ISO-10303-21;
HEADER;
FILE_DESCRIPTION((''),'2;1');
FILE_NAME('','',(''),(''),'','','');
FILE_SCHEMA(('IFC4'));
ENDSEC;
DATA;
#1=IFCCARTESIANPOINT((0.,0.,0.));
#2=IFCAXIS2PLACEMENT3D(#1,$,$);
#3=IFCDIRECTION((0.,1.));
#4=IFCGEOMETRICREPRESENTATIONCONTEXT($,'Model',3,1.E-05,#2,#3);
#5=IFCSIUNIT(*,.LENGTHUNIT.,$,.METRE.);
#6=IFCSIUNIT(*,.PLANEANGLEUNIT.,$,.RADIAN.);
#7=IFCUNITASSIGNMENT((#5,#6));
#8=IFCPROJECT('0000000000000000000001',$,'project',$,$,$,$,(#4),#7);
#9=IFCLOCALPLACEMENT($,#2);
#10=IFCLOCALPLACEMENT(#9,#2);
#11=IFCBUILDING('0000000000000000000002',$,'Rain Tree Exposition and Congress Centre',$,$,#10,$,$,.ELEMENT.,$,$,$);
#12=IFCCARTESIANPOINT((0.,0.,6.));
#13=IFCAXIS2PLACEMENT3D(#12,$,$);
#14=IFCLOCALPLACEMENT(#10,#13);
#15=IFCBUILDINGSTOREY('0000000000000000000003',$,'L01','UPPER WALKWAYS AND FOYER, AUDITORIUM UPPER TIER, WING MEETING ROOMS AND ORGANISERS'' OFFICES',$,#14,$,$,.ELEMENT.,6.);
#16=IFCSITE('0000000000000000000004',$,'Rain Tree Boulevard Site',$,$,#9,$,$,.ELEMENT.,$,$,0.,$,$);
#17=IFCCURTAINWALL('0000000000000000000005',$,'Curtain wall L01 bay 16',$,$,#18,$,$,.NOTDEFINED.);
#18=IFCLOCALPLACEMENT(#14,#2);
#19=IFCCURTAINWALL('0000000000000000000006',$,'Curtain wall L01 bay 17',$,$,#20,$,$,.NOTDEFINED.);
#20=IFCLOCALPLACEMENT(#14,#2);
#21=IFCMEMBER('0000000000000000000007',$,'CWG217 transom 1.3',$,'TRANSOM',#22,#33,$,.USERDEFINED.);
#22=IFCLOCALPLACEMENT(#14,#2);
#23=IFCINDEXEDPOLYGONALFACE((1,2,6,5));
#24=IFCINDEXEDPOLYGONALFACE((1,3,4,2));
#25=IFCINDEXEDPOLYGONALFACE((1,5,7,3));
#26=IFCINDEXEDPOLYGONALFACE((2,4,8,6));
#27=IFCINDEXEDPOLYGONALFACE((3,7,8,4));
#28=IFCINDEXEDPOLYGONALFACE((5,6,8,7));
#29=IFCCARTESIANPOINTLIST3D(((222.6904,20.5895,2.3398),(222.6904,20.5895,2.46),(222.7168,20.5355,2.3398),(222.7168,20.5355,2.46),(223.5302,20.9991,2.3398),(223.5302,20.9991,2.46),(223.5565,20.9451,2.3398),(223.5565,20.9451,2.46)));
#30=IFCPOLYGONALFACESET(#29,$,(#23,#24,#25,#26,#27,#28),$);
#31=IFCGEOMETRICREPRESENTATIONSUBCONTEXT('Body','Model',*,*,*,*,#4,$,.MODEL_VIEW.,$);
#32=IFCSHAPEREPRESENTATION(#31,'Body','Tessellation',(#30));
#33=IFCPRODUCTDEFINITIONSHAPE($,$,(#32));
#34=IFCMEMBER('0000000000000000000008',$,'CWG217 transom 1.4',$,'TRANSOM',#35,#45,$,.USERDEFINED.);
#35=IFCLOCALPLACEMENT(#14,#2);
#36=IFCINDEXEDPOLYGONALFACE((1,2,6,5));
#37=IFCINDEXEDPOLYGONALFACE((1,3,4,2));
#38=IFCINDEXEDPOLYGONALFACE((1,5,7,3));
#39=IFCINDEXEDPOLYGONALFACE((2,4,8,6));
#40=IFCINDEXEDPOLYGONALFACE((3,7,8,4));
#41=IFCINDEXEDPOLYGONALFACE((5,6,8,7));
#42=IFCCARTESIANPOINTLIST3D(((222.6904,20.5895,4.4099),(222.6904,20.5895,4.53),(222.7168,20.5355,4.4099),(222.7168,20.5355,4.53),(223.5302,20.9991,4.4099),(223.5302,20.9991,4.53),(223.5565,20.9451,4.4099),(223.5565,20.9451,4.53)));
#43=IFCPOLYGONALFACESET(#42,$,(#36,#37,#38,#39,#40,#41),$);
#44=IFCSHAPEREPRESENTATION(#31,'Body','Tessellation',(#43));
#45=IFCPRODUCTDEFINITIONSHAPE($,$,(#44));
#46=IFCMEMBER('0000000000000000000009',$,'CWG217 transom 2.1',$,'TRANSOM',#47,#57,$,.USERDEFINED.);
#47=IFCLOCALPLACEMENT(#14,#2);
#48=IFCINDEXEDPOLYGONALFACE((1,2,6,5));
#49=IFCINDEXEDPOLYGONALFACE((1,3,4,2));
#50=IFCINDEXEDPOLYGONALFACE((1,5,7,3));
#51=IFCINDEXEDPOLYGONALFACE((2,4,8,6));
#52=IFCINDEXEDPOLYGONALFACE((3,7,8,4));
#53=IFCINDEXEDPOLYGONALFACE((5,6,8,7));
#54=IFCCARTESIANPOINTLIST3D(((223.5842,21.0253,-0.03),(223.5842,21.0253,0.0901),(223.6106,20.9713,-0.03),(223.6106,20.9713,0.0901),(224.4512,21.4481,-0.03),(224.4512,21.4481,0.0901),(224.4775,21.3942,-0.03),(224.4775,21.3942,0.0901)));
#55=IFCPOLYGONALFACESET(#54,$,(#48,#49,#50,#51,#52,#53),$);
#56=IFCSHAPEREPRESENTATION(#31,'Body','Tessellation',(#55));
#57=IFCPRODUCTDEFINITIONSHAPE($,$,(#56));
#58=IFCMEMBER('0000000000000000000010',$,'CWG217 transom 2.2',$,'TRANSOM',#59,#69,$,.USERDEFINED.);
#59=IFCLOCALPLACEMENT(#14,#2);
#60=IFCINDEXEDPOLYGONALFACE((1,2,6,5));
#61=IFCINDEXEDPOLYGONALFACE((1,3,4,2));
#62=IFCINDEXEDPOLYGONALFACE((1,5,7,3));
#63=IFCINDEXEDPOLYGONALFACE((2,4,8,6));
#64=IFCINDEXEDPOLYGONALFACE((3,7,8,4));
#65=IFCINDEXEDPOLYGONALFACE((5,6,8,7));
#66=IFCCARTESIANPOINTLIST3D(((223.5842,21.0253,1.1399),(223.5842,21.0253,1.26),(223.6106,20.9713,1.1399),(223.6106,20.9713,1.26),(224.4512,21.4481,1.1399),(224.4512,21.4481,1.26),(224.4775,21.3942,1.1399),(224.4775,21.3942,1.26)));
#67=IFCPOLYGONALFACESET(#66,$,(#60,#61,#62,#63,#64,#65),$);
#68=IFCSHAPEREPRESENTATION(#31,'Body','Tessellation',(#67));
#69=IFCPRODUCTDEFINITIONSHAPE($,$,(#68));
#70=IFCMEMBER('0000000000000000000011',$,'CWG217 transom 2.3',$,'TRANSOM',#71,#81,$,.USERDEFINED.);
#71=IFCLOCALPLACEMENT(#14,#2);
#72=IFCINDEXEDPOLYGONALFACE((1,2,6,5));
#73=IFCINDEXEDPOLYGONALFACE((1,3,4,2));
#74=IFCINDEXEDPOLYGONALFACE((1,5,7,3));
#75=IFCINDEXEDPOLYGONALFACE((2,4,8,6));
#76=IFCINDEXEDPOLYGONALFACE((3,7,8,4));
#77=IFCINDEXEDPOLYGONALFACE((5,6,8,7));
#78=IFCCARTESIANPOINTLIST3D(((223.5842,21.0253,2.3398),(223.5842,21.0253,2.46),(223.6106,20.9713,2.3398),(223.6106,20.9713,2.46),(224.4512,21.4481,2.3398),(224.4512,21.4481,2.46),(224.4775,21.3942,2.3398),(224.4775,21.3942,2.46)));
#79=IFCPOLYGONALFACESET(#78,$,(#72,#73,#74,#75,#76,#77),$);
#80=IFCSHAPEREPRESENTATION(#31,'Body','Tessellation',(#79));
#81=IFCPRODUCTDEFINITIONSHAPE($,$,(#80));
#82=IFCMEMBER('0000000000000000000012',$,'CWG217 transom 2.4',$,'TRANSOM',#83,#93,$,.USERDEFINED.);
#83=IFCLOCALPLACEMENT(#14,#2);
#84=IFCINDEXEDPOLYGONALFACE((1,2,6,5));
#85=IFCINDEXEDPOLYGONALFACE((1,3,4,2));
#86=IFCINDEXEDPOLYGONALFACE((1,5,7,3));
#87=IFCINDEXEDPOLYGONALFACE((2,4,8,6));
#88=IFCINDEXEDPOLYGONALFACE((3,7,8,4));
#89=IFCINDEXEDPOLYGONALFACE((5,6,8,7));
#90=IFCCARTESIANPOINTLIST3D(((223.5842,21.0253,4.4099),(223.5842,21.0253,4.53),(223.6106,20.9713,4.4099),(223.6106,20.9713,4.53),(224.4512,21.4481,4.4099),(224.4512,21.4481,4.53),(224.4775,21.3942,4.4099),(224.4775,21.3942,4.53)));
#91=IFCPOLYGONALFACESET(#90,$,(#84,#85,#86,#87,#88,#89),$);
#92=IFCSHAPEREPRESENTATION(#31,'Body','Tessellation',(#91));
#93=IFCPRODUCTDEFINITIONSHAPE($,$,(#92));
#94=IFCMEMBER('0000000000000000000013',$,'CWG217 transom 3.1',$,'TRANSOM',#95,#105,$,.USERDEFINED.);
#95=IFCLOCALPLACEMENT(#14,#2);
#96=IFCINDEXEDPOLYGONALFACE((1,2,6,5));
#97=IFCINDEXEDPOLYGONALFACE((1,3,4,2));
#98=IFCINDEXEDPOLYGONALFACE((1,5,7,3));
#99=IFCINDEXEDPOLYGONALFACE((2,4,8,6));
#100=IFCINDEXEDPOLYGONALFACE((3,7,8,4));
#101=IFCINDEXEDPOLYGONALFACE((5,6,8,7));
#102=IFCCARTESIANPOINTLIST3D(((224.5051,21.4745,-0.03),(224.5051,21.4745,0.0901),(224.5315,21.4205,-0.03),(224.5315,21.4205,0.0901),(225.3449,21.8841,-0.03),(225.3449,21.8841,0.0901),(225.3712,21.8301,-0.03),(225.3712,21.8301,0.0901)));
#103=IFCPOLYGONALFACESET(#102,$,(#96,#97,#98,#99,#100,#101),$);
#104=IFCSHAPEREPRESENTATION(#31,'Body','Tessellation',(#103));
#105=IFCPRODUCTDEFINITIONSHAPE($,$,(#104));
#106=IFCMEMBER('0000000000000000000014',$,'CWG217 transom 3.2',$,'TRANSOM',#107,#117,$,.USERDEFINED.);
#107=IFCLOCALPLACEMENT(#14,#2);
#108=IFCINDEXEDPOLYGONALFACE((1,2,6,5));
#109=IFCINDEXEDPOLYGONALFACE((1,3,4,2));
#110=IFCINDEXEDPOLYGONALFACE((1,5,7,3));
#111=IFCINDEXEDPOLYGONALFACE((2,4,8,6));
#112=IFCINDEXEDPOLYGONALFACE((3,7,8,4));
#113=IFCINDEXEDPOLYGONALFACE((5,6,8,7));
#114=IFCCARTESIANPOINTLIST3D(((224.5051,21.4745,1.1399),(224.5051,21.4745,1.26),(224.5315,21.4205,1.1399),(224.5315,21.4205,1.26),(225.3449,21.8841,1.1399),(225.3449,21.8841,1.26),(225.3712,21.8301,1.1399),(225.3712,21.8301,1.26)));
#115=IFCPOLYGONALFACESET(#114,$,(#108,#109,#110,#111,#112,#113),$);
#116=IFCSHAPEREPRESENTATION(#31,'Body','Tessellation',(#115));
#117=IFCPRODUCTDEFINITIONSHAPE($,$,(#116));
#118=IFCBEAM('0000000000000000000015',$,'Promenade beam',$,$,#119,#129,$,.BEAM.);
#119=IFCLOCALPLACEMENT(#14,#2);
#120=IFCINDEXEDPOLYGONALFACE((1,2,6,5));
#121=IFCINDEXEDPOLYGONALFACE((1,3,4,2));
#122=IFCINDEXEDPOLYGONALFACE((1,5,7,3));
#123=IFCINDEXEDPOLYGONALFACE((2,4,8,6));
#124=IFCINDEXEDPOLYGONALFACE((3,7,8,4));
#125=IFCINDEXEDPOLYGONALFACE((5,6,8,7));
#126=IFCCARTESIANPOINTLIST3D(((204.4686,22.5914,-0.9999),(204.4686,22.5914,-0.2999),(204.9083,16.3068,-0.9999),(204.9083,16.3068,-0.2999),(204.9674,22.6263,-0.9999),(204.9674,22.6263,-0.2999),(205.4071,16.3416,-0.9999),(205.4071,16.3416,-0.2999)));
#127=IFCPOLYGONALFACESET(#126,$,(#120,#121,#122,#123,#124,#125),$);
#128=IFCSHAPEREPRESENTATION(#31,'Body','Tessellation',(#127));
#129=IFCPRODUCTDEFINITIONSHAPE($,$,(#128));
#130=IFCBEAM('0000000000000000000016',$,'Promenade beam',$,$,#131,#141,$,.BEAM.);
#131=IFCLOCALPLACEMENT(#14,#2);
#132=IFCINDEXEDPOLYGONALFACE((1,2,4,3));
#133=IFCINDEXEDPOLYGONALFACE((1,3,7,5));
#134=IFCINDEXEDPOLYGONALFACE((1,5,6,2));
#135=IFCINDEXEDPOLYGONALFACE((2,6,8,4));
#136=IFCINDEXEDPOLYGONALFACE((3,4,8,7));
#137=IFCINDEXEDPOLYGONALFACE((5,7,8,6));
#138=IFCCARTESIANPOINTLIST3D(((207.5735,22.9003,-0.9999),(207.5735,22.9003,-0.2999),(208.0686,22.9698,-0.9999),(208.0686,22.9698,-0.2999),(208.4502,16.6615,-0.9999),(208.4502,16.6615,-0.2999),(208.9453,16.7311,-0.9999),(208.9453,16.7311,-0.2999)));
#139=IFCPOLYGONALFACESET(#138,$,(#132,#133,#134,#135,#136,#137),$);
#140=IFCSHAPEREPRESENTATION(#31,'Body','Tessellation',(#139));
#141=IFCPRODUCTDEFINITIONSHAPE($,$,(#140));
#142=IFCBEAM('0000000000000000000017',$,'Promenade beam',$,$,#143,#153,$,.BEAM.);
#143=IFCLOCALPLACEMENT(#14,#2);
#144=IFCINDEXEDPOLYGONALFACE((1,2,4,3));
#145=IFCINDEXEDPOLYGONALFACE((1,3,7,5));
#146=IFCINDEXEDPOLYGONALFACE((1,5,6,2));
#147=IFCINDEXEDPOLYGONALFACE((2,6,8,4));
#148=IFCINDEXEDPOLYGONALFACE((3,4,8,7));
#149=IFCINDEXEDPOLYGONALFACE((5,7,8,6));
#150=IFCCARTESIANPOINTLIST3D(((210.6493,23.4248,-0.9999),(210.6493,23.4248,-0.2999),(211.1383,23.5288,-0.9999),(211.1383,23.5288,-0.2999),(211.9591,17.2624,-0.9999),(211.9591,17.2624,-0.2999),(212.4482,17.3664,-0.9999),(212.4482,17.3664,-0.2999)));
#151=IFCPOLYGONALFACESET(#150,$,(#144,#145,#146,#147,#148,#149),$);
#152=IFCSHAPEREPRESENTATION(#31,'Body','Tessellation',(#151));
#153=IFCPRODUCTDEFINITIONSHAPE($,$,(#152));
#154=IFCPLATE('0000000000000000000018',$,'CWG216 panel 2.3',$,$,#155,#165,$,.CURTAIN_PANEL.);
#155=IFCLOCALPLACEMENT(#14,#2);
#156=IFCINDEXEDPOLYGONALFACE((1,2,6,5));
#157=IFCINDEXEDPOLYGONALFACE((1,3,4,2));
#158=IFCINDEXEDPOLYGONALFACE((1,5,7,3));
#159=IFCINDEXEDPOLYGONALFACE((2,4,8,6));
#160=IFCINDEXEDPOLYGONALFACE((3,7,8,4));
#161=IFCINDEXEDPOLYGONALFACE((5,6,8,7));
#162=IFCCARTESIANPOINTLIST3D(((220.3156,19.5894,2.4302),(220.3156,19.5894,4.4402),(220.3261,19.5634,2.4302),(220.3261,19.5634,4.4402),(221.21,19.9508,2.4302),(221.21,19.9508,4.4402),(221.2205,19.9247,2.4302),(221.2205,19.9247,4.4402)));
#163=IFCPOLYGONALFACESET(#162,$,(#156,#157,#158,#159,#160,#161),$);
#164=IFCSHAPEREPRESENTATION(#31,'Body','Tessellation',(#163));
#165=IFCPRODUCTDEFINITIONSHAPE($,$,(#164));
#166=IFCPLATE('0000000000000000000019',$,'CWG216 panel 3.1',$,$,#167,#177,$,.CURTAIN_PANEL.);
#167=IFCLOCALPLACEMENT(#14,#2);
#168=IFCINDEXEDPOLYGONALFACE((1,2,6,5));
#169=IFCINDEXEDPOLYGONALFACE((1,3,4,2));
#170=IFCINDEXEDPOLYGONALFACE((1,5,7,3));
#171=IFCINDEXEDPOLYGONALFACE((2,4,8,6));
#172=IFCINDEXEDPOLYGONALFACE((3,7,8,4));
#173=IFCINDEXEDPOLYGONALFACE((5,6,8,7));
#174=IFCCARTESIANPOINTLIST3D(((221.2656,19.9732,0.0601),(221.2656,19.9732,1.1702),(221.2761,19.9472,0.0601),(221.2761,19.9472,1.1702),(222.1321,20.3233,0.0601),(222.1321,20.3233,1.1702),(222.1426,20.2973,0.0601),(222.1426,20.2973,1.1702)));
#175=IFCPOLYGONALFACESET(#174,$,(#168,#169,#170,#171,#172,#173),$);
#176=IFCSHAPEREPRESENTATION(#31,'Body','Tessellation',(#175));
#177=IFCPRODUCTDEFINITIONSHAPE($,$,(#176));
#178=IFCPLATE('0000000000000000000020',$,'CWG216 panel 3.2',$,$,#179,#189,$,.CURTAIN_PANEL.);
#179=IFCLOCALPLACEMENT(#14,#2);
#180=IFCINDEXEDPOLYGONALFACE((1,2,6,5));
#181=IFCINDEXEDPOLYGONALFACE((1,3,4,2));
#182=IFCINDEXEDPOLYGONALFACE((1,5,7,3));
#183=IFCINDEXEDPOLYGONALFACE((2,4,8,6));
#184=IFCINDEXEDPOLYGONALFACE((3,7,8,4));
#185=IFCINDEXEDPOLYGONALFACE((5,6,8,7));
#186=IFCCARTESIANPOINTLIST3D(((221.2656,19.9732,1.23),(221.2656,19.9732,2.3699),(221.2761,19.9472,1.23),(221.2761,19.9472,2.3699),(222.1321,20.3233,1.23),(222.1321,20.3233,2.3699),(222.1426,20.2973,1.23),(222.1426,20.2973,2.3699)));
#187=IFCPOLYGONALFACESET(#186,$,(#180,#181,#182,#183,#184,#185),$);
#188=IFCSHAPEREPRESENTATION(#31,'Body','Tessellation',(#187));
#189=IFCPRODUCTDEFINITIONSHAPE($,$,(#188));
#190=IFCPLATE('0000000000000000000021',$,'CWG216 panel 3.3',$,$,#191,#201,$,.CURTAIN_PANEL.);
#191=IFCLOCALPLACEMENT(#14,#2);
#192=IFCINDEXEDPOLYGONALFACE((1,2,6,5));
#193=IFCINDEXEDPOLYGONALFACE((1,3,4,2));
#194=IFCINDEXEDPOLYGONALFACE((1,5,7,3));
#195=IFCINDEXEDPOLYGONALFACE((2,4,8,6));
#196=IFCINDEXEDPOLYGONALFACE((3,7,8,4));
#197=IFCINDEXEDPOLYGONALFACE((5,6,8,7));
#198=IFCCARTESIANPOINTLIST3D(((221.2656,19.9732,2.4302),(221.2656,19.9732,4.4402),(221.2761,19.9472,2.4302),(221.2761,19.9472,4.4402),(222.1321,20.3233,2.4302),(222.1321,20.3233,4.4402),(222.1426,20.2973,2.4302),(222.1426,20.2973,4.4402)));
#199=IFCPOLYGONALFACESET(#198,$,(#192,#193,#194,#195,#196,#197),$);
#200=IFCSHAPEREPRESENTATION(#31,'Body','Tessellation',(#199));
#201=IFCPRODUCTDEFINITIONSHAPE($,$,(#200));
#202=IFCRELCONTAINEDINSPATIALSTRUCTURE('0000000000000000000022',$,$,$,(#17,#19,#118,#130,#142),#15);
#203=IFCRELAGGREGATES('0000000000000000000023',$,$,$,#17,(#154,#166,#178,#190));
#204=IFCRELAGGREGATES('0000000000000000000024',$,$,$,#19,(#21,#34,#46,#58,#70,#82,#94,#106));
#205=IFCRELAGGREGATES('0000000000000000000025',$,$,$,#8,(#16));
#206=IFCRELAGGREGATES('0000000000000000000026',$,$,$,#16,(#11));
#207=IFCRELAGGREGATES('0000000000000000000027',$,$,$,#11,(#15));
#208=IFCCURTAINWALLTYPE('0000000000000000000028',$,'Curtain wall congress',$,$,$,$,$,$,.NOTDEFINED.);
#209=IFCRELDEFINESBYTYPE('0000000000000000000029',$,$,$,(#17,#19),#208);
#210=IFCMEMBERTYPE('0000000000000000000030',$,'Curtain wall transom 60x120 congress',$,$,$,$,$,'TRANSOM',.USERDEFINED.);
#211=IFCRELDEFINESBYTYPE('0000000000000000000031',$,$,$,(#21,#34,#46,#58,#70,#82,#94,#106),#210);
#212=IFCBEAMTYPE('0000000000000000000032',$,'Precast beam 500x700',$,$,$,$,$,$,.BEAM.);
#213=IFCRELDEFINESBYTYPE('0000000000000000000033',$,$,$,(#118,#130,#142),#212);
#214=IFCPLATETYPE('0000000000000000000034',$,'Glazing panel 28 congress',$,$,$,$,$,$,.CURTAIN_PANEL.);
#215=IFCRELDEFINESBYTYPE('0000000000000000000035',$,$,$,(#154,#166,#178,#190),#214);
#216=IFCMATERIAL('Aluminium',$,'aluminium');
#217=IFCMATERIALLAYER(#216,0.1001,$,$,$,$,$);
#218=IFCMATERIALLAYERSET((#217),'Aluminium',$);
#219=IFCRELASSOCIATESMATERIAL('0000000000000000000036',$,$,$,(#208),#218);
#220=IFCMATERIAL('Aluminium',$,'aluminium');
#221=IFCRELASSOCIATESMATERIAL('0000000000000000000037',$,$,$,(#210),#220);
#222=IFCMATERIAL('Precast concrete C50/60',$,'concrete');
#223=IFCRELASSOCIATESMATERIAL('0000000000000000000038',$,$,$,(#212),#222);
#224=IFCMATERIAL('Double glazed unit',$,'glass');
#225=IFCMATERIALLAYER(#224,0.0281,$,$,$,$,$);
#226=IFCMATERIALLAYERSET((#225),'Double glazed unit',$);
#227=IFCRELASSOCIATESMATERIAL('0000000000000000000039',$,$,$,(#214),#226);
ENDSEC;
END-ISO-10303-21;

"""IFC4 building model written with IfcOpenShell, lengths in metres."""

from ifc_helpers import new_model, si_unit, direction, frame, origin, origin_2d, place, context, subcontext, project, spatial, rectangle, extrude, material, layer, layer_set, material_profile, profile_set, type_object, element, aggregate, save


model = new_model("IFC4")

# Units and contexts
model_context = context("Model", 3, precision=1e-05, world=origin(), true_north=direction((0.0, 1.0)))
body_context = subcontext(model_context, "Body", "Model", "MODEL_VIEW")
ifc_project = project(units=[si_unit("LENGTHUNIT", "METRE"), si_unit("PLANEANGLEUNIT", "RADIAN")], contexts=[model_context])

# Site, building, storey
site_placement = place(None, origin())
site = spatial("IfcSite", under=ifc_project, at=site_placement, Name="Rain Tree Boulevard Site", CompositionType="ELEMENT", RefElevation=0.0)
building_placement = place(site_placement, origin())
building = spatial("IfcBuilding", under=site, at=building_placement, Name="Rain Tree Exposition and Congress Centre", CompositionType="ELEMENT")
storey_placement = place(building_placement, frame((0.0, 0.0, 6.0)))
storey = spatial("IfcBuildingStorey", under=building, at=storey_placement, Name="L01", Description="UPPER WALKWAYS AND FOYER, AUDITORIUM UPPER TIER, WING MEETING ROOMS AND ORGANISERS' OFFICES", CompositionType="ELEMENT", Elevation=6.0)

# Curtain walls
ifc_material_1 = material(Name="Aluminium", Category="aluminium")
ifc_layer_1 = layer(ifc_material_1, 0.1001)
ifc_layer_set_1 = layer_set([ifc_layer_1], Name="Aluminium")
curtain_wall_type = type_object("IfcCurtainWallType", Name="Curtain wall congress", PredefinedType="NOTDEFINED", material=ifc_layer_set_1)
curtain_wall_1_placement = place(storey_placement, origin())
curtain_wall_1 = element("IfcCurtainWall", 1, at=curtain_wall_1_placement, inside=storey, type_object=curtain_wall_type, Name="Curtain wall L01 bay 16", PredefinedType="NOTDEFINED")
curtain_wall_2_placement = place(storey_placement, origin())
curtain_wall_2 = element("IfcCurtainWall", 2, at=curtain_wall_2_placement, inside=storey, type_object=curtain_wall_type, Name="Curtain wall L01 bay 17", PredefinedType="NOTDEFINED")

# Members
ifc_material_2 = material(Name="Aluminium", Category="aluminium")
ifc_material_profile_1 = material_profile(ifc_material_2, rectangle(XDim=0.0601, YDim=0.1201, at=origin_2d()), Name="AL 60x120")
ifc_profile_set_1 = profile_set([ifc_material_profile_1], Name="Aluminium")
member_type_1 = type_object("IfcMemberType", Name="Curtain wall transom 60x120 congress", ElementType="TRANSOM", PredefinedType="USERDEFINED", material=ifc_profile_set_1)
member_1_placement = place(storey_placement, frame((222.7036, 20.5625, 2.3999), z_axis=(0.898773, 0.438413, 0.0), x_axis=(-0.438413, 0.898773, 0.0)))
member_1 = element("IfcMember", 3, at=member_1_placement, type_object=member_type_1, Name="CWG217 transom 1.3", ObjectType="TRANSOM", PredefinedType="USERDEFINED", context=body_context, shape_type="SweptSolid", body=[
    extrude(rectangle(XDim=0.0601, YDim=0.1201, at=origin_2d()), origin(), (0.0, 0.0, 1.0), 0.9343),
])
member_2_placement = place(storey_placement, frame((222.7036, 20.5625, 4.47), z_axis=(0.898773, 0.438413, 0.0), x_axis=(-0.438413, 0.898773, 0.0)))
member_2 = element("IfcMember", 4, at=member_2_placement, type_object=member_type_1, Name="CWG217 transom 1.4", ObjectType="TRANSOM", PredefinedType="USERDEFINED", context=body_context, shape_type="SweptSolid", body=[
    extrude(rectangle(XDim=0.0601, YDim=0.1201, at=origin_2d()), origin(), (0.0, 0.0, 1.0), 0.9343),
])
member_3_placement = place(storey_placement, frame((223.5974, 20.9983, 0.03), z_axis=(0.898788, 0.438384, 0.0), x_axis=(-0.438384, 0.898788, 0.0)))
member_3 = element("IfcMember", 5, at=member_3_placement, type_object=member_type_1, Name="CWG217 transom 2.1", ObjectType="TRANSOM", PredefinedType="USERDEFINED", context=body_context, shape_type="SweptSolid", body=[
    extrude(rectangle(XDim=0.0601, YDim=0.1201, at=origin_2d()), origin(), (0.0, 0.0, 1.0), 0.9646),
])
member_4_placement = place(storey_placement, frame((223.5974, 20.9983, 1.2), z_axis=(0.898788, 0.438384, 0.0), x_axis=(-0.438384, 0.898788, 0.0)))
member_4 = element("IfcMember", 6, at=member_4_placement, type_object=member_type_1, Name="CWG217 transom 2.2", ObjectType="TRANSOM", PredefinedType="USERDEFINED", context=body_context, shape_type="SweptSolid", body=[
    extrude(rectangle(XDim=0.0601, YDim=0.1201, at=origin_2d()), origin(), (0.0, 0.0, 1.0), 0.9646),
])
member_5_placement = place(storey_placement, frame((223.5974, 20.9983, 2.3999), z_axis=(0.898788, 0.438384, 0.0), x_axis=(-0.438384, 0.898788, 0.0)))
member_5 = element("IfcMember", 7, at=member_5_placement, type_object=member_type_1, Name="CWG217 transom 2.3", ObjectType="TRANSOM", PredefinedType="USERDEFINED", context=body_context, shape_type="SweptSolid", body=[
    extrude(rectangle(XDim=0.0601, YDim=0.1201, at=origin_2d()), origin(), (0.0, 0.0, 1.0), 0.9646),
])
member_6_placement = place(storey_placement, frame((223.5974, 20.9983, 4.47), z_axis=(0.898788, 0.438384, 0.0), x_axis=(-0.438384, 0.898788, 0.0)))
member_6 = element("IfcMember", 8, at=member_6_placement, type_object=member_type_1, Name="CWG217 transom 2.4", ObjectType="TRANSOM", PredefinedType="USERDEFINED", context=body_context, shape_type="SweptSolid", body=[
    extrude(rectangle(XDim=0.0601, YDim=0.1201, at=origin_2d()), origin(), (0.0, 0.0, 1.0), 0.9646),
])
member_7_placement = place(storey_placement, frame((224.5183, 21.4475, 0.03), z_axis=(0.898773, 0.438413, 0.0), x_axis=(-0.438413, 0.898773, 0.0)))
member_7 = element("IfcMember", 9, at=member_7_placement, type_object=member_type_1, Name="CWG217 transom 3.1", ObjectType="TRANSOM", PredefinedType="USERDEFINED", context=body_context, shape_type="SweptSolid", body=[
    extrude(rectangle(XDim=0.0601, YDim=0.1201, at=origin_2d()), origin(), (0.0, 0.0, 1.0), 0.9343),
])
member_8_placement = place(storey_placement, frame((224.5183, 21.4475, 1.2), z_axis=(0.898773, 0.438413, 0.0), x_axis=(-0.438413, 0.898773, 0.0)))
member_8 = element("IfcMember", 10, at=member_8_placement, type_object=member_type_1, Name="CWG217 transom 3.2", ObjectType="TRANSOM", PredefinedType="USERDEFINED", context=body_context, shape_type="SweptSolid", body=[
    extrude(rectangle(XDim=0.0601, YDim=0.1201, at=origin_2d()), origin(), (0.0, 0.0, 1.0), 0.9343),
])

# Beams
ifc_material_3 = material(Name="Precast concrete C50/60", Category="concrete")
ifc_material_profile_2 = material_profile(ifc_material_3, rectangle(XDim=0.5, YDim=0.7, at=origin_2d()), Name="RC 500x700")
ifc_profile_set_2 = profile_set([ifc_material_profile_2], Name="Precast concrete C50/60")
beam_type = type_object("IfcBeamType", Name="Precast beam 500x700", PredefinedType="BEAM", material=ifc_profile_set_2)
for number, where, z_axis, x_axis, name in (
    (11, (204.718, 22.6089, -0.6499), (0.069793, -0.997562, 0.0), (0.997562, 0.069793, 0.0), "Promenade beam"),
    (12, (207.821, 22.9351, -0.6499), (0.139159, -0.99027, 0.0), (0.99027, 0.139159, 0.0), "Promenade beam"),
    (13, (210.8938, 23.4768, -0.6499), (0.207906, -0.978149, 0.0), (0.978149, 0.207906, 0.0), "Promenade beam"),
):
    element("IfcBeam", number, at=place(storey_placement, frame(where, z_axis=z_axis, x_axis=x_axis)), inside=storey, type_object=beam_type, Name=name, PredefinedType="BEAM", context=body_context, shape_type="SweptSolid", body=[
        extrude(rectangle(XDim=0.5, YDim=0.7, at=origin_2d()), origin(), (0.0, 0.0, 1.0), 6.3),
    ])

# Plates
ifc_material_4 = material(Name="Double glazed unit", Category="glass")
ifc_layer_2 = layer(ifc_material_4, 0.0281)
ifc_layer_set_2 = layer_set([ifc_layer_2], Name="Double glazed unit")
plate_type = type_object("IfcPlateType", Name="Glazing panel 28 congress", PredefinedType="CURTAIN_PANEL", material=ifc_layer_set_2)
plate_1_placement = place(storey_placement, frame((220.7681, 19.7571, 2.4302), z_axis=(0.0, 0.0, 1.0), x_axis=(0.927188, 0.374597, 0.0)))
plate_1 = element("IfcPlate", 14, at=plate_1_placement, type_object=plate_type, Name="CWG216 panel 2.3", PredefinedType="CURTAIN_PANEL", context=body_context, shape_type="SweptSolid", body=[
    extrude(rectangle(XDim=0.9646, YDim=0.0281, at=origin_2d()), origin(), (0.0, 0.0, 1.0), 2.01),
])
plate_2_placement = place(storey_placement, frame((221.7041, 20.1353, 0.0601), z_axis=(0.0, 0.0, 1.0), x_axis=(0.927188, 0.374597, 0.0)))
plate_2 = element("IfcPlate", 15, at=plate_2_placement, type_object=plate_type, Name="CWG216 panel 3.1", PredefinedType="CURTAIN_PANEL", context=body_context, shape_type="SweptSolid", body=[
    extrude(rectangle(XDim=0.9346, YDim=0.0281, at=origin_2d()), origin(), (0.0, 0.0, 1.0), 1.1101),
])
plate_3_placement = place(storey_placement, frame((221.7041, 20.1353, 1.23), z_axis=(0.0, 0.0, 1.0), x_axis=(0.927188, 0.374597, 0.0)))
plate_3 = element("IfcPlate", 16, at=plate_3_placement, type_object=plate_type, Name="CWG216 panel 3.2", PredefinedType="CURTAIN_PANEL", context=body_context, shape_type="SweptSolid", body=[
    extrude(rectangle(XDim=0.9346, YDim=0.0281, at=origin_2d()), origin(), (0.0, 0.0, 1.0), 1.1399),
])
plate_4_placement = place(storey_placement, frame((221.7041, 20.1353, 2.4302), z_axis=(0.0, 0.0, 1.0), x_axis=(0.927188, 0.374597, 0.0)))
plate_4 = element("IfcPlate", 17, at=plate_4_placement, type_object=plate_type, Name="CWG216 panel 3.3", PredefinedType="CURTAIN_PANEL", context=body_context, shape_type="SweptSolid", body=[
    extrude(rectangle(XDim=0.9346, YDim=0.0281, at=origin_2d()), origin(), (0.0, 0.0, 1.0), 2.01),
])
aggregate(curtain_wall_1, [plate_1, plate_2, plate_3, plate_4])
aggregate(curtain_wall_2, [member_1, member_2, member_3, member_4, member_5, member_6, member_7, member_8])

save(model, "model.ifc")
